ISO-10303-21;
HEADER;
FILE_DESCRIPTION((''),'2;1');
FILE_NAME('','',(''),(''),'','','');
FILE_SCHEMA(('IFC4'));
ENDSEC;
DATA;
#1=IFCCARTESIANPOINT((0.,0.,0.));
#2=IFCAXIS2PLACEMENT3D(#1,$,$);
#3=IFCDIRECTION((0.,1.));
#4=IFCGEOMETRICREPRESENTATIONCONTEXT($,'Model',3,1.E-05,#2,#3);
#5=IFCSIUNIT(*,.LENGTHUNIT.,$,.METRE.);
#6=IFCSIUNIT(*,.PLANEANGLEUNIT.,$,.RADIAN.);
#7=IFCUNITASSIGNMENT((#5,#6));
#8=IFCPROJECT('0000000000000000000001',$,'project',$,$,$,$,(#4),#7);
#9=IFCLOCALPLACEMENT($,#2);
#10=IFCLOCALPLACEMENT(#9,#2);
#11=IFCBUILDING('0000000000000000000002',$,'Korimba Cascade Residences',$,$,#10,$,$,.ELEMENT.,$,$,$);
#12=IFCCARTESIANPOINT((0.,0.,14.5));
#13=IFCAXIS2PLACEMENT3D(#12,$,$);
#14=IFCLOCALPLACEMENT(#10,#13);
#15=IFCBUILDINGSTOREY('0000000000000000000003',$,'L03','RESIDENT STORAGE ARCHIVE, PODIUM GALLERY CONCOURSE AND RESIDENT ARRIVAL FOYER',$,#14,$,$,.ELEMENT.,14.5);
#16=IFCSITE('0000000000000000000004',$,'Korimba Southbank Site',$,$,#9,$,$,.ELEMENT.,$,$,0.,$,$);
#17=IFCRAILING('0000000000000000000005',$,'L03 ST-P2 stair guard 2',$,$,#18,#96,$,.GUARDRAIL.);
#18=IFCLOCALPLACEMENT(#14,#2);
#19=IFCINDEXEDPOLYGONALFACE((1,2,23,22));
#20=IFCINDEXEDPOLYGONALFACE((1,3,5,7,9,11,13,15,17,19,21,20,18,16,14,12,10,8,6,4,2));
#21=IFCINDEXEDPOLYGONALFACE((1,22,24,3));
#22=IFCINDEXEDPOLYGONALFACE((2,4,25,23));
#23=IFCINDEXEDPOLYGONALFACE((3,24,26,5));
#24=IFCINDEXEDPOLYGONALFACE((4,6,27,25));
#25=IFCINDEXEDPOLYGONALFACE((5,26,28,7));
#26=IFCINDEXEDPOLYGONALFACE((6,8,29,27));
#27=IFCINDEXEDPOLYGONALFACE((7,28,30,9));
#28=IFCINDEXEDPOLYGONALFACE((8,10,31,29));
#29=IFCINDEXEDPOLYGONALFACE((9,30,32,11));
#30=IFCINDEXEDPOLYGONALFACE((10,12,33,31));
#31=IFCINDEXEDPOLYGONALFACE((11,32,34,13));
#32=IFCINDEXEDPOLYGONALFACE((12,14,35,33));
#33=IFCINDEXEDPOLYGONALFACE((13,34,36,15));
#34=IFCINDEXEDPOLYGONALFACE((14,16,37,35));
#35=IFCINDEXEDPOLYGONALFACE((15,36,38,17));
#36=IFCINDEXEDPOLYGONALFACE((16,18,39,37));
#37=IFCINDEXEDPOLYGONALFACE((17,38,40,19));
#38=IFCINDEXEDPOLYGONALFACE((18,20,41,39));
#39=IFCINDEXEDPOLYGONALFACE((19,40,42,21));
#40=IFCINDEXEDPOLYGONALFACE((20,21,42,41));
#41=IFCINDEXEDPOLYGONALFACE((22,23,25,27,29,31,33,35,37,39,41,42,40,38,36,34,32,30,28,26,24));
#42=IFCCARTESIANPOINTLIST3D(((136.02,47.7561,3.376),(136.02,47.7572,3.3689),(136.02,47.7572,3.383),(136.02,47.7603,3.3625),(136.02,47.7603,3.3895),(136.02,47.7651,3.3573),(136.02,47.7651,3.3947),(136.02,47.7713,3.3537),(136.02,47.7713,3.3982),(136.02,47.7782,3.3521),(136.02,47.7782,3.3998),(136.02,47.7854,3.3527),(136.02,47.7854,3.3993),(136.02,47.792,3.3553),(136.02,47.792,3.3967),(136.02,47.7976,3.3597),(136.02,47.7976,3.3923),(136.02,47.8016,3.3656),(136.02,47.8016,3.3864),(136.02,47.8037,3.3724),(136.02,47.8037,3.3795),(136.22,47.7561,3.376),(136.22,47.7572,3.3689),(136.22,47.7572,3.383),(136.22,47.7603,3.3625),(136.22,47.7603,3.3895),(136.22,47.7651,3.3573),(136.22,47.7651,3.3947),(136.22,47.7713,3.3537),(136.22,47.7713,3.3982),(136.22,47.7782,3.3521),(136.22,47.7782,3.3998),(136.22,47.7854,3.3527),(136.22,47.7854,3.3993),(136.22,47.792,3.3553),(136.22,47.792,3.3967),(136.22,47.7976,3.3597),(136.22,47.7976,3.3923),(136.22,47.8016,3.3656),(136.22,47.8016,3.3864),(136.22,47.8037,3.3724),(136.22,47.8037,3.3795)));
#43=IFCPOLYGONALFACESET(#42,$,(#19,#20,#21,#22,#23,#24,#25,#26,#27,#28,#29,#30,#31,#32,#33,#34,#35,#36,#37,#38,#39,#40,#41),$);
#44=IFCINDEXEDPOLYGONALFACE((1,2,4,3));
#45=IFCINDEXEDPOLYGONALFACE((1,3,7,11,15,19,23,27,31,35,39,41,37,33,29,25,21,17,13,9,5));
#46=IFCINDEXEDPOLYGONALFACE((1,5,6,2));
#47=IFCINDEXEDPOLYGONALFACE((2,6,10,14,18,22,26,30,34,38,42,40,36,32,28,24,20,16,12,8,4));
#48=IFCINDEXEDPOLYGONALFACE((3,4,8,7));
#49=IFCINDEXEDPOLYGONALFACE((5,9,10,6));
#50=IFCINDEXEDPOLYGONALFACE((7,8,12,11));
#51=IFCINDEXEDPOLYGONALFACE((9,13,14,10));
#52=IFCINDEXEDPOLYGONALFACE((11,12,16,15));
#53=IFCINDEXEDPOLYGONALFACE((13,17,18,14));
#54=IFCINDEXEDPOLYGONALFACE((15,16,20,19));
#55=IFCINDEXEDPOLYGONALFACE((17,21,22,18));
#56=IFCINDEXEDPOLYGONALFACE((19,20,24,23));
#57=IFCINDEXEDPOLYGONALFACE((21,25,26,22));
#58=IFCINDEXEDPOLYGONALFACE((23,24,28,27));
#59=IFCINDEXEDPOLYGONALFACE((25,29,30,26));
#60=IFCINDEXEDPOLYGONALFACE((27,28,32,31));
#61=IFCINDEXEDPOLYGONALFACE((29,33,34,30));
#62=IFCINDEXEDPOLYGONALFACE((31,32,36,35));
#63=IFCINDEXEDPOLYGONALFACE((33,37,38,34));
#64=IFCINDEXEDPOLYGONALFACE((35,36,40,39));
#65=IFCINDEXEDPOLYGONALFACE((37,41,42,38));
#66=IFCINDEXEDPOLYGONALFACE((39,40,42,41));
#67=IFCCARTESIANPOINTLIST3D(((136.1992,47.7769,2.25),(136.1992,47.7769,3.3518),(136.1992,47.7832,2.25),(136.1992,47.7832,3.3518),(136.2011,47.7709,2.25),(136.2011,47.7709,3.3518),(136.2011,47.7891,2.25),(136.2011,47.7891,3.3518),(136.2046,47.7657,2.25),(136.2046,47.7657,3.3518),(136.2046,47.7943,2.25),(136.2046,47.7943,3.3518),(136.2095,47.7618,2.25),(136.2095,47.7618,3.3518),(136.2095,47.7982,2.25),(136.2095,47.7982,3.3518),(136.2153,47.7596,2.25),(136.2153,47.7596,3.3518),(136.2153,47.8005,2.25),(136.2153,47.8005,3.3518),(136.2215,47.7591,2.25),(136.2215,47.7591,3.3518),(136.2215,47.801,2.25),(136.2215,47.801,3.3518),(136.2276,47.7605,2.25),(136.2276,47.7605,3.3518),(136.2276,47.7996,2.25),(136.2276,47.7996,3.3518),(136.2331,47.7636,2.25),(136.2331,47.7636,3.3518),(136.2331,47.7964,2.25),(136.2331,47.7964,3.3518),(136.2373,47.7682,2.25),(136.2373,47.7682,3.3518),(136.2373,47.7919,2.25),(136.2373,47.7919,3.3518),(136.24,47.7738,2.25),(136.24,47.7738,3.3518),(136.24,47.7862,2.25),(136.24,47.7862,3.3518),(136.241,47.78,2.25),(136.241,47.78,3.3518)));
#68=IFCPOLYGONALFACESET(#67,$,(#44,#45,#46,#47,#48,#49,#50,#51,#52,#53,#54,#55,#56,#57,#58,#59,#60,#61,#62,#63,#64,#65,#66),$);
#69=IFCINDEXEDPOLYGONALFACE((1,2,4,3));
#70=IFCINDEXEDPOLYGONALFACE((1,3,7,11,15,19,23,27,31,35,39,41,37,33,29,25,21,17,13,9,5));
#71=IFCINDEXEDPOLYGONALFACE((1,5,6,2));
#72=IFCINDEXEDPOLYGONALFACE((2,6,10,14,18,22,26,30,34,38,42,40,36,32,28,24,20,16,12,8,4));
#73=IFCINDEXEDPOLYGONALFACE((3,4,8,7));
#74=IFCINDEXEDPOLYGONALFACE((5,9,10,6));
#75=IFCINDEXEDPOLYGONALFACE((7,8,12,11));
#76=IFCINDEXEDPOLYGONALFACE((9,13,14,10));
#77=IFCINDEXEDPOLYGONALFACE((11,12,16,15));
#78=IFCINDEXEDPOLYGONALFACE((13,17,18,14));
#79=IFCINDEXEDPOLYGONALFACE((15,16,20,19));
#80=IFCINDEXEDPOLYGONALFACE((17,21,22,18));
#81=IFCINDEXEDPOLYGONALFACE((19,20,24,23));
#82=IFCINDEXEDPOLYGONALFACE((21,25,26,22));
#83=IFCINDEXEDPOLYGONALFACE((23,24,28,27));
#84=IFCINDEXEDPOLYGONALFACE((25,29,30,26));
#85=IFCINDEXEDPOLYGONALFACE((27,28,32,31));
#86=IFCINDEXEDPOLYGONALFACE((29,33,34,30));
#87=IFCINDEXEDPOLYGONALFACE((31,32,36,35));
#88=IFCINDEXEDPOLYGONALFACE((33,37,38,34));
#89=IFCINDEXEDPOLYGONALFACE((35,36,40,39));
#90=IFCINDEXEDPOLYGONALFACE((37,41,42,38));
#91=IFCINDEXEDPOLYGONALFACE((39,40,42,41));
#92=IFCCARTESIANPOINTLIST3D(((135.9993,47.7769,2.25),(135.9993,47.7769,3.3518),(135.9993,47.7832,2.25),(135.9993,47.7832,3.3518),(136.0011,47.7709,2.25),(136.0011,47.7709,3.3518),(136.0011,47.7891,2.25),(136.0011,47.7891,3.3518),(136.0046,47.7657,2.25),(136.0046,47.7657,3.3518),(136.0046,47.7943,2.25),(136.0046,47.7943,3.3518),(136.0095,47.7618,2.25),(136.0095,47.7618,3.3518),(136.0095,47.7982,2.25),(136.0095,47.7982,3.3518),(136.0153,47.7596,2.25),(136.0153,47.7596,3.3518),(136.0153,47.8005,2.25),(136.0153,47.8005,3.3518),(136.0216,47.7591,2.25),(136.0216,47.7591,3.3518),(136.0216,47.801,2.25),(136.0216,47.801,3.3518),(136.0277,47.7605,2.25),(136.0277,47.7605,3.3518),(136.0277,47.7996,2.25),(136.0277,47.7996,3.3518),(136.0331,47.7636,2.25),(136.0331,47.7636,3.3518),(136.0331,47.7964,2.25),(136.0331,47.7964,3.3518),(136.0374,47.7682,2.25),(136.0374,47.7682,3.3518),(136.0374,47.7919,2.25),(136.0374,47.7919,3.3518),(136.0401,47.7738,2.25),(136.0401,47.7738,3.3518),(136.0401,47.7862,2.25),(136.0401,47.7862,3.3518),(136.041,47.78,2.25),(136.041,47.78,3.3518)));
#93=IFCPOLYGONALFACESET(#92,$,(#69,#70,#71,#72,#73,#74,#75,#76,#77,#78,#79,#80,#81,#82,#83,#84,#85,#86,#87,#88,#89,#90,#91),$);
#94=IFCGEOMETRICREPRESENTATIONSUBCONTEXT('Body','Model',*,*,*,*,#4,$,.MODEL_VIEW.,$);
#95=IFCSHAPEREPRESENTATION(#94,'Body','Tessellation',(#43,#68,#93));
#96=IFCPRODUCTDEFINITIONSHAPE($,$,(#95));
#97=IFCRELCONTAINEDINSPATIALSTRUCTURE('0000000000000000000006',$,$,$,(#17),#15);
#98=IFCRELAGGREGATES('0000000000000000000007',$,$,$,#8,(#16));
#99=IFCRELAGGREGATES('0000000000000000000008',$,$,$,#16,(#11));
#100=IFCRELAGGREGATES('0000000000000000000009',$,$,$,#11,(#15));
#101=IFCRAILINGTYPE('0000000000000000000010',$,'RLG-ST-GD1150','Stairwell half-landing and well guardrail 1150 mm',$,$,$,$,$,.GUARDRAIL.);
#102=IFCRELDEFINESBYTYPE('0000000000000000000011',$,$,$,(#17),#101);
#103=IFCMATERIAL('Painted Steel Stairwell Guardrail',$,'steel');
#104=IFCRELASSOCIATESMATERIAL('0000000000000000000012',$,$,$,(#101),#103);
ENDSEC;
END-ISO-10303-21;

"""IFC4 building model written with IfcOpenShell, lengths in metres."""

from ifc_helpers import new_model, si_unit, direction, frame, origin, origin_2d, place, context, subcontext, project, spatial, circle, extrude, material, type_object, element, save


model = new_model("IFC4")

# Units and contexts
model_context = context("Model", 3, precision=1e-05, world=origin(), true_north=direction((0.0, 1.0)))
body_context = subcontext(model_context, "Body", "Model", "MODEL_VIEW")
ifc_project = project(units=[si_unit("LENGTHUNIT", "METRE"), si_unit("PLANEANGLEUNIT", "RADIAN")], contexts=[model_context])

# Site, building, storey
site_placement = place(None, origin())
site = spatial("IfcSite", under=ifc_project, at=site_placement, Name="Korimba Southbank Site", CompositionType="ELEMENT", RefElevation=0.0)
building_placement = place(site_placement, origin())
building = spatial("IfcBuilding", under=site, at=building_placement, Name="Korimba Cascade Residences", CompositionType="ELEMENT")
storey_placement = place(building_placement, frame((0.0, 0.0, 14.5)))
storey = spatial("IfcBuildingStorey", under=building, at=storey_placement, Name="L03", Description="RESIDENT STORAGE ARCHIVE, PODIUM GALLERY CONCOURSE AND RESIDENT ARRIVAL FOYER", CompositionType="ELEMENT", Elevation=14.5)

# Railing
ifc_material_1 = material(Name="Painted Steel Stairwell Guardrail", Category="steel")
railing_type_1 = type_object("IfcRailingType", Name="RLG-ST-GD1150", Description="Stairwell half-landing and well guardrail 1150 mm", PredefinedType="GUARDRAIL", material=ifc_material_1)
railing_1_placement = place(storey_placement, frame((136.22, 47.78, 2.25)))
element("IfcRailing", 1, at=railing_1_placement, inside=storey, type_object=railing_type_1, Name="L03 ST-P2 stair guard 2", PredefinedType="GUARDRAIL", context=body_context, shape_type="SweptSolid", body=[
    extrude(circle(Radius=0.0239, at=origin_2d()), frame((0.0, 0.0, 1.126), z_axis=(-1.0, 0.0, 0.0), x_axis=(0.0, -1.0, 0.0)), (0.0, 0.0, 1.0), 0.2),
    extrude(circle(Radius=0.021, at=origin_2d()), origin(), (0.0, 0.0, 1.0), 1.1018),
    extrude(circle(Radius=0.021, at=origin_2d()), frame((-0.2, 0.0, 0.0)), (0.0, 0.0, 1.0), 1.1018),
])

save(model, "model.ifc")
